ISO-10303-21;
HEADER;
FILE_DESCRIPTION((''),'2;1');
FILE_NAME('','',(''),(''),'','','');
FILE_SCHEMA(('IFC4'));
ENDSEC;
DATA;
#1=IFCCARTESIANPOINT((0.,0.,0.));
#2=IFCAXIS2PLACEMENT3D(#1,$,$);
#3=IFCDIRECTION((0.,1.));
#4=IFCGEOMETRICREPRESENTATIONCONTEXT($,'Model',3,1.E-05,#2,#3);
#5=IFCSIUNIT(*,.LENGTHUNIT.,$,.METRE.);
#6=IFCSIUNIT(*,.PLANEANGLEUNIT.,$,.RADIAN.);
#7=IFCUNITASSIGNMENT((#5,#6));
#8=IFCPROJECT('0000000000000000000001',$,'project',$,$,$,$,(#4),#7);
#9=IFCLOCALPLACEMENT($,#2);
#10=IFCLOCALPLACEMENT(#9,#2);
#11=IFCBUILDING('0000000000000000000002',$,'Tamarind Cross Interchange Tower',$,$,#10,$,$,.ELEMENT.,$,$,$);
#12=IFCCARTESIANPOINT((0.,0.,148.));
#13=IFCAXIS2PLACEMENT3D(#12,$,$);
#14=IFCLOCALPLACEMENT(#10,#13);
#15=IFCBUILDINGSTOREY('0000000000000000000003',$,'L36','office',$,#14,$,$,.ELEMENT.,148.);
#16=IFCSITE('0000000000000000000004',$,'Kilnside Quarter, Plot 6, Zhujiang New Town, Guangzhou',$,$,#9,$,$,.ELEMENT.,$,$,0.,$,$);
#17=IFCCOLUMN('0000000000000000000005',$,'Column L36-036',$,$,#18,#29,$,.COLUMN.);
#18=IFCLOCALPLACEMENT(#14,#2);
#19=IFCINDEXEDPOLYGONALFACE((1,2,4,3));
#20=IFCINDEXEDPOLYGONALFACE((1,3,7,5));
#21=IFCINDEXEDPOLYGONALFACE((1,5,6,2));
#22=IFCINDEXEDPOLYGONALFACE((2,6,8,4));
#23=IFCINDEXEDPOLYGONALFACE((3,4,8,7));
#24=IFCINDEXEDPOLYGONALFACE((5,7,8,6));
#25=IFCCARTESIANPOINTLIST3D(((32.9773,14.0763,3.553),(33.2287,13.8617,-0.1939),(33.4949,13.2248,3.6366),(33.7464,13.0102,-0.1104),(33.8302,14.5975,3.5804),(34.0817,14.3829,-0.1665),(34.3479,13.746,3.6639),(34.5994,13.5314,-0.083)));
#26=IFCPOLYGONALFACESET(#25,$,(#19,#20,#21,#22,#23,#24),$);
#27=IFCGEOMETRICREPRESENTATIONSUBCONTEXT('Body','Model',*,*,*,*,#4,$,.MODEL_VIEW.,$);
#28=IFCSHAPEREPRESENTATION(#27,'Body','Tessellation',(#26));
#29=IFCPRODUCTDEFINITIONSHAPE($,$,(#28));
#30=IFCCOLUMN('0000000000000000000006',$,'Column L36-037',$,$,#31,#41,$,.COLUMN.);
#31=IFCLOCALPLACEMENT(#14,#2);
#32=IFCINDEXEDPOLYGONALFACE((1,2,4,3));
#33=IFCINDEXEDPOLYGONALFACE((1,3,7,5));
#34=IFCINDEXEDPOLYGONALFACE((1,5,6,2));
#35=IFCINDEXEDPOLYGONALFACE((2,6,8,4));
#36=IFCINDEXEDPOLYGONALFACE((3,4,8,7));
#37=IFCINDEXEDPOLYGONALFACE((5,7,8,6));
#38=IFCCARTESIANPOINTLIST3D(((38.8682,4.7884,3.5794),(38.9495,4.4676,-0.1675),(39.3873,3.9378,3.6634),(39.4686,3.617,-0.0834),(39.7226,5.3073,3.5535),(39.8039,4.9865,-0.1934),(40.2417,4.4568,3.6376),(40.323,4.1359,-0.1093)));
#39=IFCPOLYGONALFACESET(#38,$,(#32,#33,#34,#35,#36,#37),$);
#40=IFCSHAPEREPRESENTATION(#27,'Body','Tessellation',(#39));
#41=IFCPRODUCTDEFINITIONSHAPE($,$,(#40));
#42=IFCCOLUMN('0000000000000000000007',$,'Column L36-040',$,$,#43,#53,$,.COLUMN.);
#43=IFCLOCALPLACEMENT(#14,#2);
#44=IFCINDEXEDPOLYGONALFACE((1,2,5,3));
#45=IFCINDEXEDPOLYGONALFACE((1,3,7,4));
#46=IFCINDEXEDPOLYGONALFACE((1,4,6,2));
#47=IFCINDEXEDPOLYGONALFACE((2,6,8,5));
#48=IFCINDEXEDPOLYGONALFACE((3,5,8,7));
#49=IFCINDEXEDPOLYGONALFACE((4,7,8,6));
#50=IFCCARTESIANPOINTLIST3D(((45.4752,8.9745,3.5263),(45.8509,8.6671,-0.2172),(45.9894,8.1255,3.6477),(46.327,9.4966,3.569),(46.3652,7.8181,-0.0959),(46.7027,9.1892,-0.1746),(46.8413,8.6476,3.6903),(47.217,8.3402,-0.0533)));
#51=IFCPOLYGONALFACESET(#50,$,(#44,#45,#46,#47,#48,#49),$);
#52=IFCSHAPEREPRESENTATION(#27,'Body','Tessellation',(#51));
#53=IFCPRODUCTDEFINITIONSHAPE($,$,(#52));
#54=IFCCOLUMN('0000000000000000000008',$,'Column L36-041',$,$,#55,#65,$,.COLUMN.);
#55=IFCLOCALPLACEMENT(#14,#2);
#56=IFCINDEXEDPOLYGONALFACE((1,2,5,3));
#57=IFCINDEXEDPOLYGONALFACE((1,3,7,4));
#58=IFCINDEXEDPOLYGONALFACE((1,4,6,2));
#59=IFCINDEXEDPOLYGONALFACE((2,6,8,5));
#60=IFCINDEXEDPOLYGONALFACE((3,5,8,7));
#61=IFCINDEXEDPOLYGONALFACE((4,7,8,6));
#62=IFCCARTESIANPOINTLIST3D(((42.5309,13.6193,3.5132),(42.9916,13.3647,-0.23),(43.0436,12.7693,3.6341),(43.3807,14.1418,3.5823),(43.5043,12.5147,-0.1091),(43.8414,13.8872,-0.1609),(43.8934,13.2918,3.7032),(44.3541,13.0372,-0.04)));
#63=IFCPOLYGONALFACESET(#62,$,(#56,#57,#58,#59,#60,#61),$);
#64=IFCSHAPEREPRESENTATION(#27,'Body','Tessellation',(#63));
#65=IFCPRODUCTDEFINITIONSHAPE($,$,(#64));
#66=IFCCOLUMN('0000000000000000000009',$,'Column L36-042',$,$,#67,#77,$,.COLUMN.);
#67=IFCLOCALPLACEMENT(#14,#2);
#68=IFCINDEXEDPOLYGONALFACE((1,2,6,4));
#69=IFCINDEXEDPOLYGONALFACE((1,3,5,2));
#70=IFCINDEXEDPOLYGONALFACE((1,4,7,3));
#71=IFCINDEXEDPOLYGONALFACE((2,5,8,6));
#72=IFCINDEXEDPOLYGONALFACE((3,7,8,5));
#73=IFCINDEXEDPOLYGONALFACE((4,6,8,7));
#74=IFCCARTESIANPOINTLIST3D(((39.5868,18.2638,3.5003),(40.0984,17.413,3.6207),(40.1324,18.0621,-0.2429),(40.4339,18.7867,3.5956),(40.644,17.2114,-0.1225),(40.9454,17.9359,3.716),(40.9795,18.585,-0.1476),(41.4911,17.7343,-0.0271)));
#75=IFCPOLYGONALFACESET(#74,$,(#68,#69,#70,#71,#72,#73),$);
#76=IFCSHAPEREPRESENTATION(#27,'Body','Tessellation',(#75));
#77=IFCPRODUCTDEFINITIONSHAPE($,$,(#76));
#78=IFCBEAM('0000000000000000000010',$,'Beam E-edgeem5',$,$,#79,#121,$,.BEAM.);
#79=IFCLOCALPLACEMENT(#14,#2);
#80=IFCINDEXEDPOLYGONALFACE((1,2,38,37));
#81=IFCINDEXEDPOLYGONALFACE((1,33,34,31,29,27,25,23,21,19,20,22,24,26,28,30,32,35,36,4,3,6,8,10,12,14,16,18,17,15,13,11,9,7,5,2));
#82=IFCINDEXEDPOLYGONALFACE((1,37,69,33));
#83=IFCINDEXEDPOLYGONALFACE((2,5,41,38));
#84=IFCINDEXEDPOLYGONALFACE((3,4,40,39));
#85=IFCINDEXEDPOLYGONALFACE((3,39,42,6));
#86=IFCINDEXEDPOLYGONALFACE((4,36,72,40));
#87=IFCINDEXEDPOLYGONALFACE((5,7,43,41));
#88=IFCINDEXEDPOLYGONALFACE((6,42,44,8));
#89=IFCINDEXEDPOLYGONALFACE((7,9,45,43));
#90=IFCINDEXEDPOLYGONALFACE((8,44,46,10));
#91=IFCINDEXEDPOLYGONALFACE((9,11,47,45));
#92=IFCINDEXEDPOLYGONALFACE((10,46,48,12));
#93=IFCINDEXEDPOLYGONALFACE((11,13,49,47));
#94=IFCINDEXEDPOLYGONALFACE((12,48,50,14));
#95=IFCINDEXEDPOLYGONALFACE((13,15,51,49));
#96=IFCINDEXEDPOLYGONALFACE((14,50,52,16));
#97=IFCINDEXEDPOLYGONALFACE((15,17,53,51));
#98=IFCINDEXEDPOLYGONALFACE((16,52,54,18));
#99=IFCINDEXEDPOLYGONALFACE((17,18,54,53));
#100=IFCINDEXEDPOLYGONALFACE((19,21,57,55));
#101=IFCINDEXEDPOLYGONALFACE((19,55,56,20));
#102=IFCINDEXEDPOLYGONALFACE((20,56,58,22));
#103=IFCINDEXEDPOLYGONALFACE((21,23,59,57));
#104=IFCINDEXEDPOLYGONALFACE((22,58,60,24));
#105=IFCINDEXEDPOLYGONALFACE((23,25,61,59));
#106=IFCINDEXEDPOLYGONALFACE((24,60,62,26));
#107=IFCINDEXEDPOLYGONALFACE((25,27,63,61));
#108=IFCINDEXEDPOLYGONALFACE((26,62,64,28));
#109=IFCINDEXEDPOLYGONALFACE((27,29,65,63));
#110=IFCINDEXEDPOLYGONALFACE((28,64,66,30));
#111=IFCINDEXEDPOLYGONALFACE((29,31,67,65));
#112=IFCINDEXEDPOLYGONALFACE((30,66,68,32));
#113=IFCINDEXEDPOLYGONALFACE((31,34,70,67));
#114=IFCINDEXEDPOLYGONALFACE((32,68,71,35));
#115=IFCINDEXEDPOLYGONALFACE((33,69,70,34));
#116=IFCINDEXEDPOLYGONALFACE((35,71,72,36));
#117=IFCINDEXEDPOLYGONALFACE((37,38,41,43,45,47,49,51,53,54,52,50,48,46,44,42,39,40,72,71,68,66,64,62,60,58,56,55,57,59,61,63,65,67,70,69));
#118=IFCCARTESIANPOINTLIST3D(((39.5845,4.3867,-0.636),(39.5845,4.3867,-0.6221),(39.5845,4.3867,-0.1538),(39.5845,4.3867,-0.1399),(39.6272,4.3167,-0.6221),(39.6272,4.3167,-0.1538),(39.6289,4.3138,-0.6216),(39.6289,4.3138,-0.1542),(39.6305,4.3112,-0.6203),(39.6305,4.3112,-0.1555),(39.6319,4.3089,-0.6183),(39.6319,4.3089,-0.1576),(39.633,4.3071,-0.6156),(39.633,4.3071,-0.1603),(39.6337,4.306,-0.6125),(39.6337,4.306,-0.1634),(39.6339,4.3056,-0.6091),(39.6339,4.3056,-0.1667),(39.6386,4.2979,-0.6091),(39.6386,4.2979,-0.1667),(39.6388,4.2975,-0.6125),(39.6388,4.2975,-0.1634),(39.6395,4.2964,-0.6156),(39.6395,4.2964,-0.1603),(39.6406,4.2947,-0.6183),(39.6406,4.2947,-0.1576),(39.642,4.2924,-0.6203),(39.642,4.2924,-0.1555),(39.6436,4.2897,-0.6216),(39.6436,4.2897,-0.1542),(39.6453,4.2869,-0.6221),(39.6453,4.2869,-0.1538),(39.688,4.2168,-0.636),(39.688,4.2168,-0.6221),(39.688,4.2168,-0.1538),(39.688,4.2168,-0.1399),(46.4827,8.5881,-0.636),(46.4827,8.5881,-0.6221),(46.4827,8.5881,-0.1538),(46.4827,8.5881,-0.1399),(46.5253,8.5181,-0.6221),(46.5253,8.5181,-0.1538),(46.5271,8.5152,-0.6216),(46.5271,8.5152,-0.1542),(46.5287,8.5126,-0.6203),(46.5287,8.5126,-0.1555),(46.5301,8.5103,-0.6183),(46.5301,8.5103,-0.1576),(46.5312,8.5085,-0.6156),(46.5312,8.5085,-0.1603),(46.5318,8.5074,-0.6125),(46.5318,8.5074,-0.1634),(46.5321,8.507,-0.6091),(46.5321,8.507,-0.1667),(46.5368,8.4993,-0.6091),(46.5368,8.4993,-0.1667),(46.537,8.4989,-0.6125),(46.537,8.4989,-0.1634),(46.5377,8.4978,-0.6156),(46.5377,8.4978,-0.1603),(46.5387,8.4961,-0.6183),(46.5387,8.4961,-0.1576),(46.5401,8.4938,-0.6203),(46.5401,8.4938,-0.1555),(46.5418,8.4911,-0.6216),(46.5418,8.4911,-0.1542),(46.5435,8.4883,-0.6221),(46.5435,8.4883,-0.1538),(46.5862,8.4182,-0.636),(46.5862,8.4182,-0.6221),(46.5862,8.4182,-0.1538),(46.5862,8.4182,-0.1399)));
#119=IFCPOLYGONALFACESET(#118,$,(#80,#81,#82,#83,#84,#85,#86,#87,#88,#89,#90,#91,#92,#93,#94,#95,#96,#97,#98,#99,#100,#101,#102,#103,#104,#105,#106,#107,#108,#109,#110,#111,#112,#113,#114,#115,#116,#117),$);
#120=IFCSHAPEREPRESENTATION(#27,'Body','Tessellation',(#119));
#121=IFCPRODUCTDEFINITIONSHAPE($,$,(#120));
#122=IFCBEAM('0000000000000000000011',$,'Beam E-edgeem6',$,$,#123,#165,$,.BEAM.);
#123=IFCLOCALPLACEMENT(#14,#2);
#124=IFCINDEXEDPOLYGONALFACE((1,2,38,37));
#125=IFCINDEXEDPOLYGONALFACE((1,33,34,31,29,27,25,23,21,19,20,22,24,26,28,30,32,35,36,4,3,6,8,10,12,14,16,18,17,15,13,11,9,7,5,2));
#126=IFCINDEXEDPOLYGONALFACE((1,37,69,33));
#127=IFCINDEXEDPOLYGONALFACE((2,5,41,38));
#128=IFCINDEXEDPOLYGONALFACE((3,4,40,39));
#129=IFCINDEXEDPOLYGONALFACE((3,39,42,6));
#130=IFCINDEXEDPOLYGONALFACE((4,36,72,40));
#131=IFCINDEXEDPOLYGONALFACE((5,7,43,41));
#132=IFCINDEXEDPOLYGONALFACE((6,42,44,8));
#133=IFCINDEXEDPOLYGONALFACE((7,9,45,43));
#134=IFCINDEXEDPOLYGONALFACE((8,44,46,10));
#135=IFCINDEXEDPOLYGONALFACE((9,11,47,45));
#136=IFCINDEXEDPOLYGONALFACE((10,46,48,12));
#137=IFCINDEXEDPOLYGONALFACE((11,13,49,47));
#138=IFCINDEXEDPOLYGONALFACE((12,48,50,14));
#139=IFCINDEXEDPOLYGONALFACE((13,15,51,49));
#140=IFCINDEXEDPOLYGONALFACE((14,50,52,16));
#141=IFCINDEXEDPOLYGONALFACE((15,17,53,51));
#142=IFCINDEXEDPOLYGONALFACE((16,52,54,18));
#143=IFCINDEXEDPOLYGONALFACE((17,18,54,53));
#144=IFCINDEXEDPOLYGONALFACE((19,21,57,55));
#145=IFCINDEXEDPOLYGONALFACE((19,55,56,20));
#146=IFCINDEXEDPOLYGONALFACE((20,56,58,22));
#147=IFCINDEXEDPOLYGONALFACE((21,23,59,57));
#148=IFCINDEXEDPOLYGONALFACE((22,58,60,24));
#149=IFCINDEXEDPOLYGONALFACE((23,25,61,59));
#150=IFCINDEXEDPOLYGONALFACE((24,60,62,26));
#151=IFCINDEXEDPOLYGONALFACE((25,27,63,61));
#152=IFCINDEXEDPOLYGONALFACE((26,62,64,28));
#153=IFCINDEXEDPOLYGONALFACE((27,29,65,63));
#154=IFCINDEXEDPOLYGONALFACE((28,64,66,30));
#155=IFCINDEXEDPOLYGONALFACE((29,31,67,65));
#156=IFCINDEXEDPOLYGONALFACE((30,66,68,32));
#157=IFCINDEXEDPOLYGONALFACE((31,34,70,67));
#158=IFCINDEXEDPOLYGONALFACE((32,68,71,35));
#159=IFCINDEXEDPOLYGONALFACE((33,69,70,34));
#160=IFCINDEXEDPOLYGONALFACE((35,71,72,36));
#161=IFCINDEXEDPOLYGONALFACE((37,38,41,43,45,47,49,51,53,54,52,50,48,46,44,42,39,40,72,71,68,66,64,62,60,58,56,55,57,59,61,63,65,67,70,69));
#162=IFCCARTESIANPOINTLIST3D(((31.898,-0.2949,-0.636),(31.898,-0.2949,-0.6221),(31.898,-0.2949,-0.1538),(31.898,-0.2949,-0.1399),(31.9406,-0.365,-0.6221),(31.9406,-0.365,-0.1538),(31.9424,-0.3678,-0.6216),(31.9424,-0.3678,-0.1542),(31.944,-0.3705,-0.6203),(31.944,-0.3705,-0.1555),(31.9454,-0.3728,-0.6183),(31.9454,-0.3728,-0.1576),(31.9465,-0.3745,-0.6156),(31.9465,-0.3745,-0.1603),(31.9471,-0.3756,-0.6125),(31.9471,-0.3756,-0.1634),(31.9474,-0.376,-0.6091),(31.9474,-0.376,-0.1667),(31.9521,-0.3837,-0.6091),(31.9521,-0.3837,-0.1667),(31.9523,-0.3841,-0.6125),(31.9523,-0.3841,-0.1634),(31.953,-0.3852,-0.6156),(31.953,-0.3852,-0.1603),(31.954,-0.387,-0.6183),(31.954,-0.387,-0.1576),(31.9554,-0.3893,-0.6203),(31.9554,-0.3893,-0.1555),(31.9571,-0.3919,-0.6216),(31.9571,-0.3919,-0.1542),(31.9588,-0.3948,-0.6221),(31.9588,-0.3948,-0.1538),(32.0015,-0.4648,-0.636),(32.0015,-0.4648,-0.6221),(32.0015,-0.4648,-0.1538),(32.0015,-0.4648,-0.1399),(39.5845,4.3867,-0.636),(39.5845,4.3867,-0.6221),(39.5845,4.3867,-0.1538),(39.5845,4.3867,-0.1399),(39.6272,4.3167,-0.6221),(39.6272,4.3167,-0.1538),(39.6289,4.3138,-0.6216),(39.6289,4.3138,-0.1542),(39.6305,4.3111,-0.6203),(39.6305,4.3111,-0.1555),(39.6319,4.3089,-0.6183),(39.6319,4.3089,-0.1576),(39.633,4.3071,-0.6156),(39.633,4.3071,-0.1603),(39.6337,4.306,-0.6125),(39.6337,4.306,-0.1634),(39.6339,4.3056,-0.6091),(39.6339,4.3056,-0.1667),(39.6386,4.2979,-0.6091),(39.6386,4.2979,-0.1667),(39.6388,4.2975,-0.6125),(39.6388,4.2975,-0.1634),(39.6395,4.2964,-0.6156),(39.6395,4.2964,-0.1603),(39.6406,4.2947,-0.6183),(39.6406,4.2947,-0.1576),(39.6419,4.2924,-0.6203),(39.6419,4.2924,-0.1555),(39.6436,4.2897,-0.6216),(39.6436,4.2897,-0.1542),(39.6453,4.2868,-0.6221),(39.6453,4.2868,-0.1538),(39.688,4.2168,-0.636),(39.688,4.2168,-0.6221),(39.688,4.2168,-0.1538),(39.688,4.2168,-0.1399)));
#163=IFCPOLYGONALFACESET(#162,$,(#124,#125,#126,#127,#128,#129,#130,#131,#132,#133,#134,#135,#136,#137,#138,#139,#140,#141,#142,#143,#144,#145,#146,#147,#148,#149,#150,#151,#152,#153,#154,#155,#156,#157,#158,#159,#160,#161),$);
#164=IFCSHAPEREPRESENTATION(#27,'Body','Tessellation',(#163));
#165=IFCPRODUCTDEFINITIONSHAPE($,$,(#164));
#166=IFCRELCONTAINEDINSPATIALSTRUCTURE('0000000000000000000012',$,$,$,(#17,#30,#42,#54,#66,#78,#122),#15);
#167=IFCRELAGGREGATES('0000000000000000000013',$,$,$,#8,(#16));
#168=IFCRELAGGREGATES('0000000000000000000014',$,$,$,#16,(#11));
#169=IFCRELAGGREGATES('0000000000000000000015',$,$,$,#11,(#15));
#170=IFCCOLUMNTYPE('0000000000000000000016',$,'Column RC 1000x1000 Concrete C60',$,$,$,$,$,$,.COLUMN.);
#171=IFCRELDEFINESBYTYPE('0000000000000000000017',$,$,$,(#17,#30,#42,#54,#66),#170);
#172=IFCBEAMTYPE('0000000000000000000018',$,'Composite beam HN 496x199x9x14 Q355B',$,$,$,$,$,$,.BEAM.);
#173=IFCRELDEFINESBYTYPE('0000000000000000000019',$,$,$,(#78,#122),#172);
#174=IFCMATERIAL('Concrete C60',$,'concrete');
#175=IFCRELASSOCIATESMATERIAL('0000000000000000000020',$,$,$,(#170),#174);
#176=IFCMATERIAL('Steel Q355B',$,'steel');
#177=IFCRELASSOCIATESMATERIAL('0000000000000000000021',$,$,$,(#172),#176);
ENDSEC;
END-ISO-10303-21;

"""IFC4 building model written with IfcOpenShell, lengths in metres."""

from ifc_helpers import new_model, si_unit, direction, frame, origin, origin_2d, place, context, subcontext, project, spatial, rectangle, i_section, extrude, material, material_profile, profile_set, type_object, element, save


model = new_model("IFC4")

# Units and contexts
model_context = context("Model", 3, precision=1e-05, world=origin(), true_north=direction((0.0, 1.0)))
body_context = subcontext(model_context, "Body", "Model", "MODEL_VIEW")
ifc_project = project(units=[si_unit("LENGTHUNIT", "METRE"), si_unit("PLANEANGLEUNIT", "RADIAN")], contexts=[model_context])

# Site, building, storey
site_placement = place(None, origin())
site = spatial("IfcSite", under=ifc_project, at=site_placement, Name="Kilnside Quarter, Plot 6, Zhujiang New Town, Guangzhou", CompositionType="ELEMENT", RefElevation=0.0)
building_placement = place(site_placement, origin())
building = spatial("IfcBuilding", under=site, at=building_placement, Name="Tamarind Cross Interchange Tower", CompositionType="ELEMENT")
storey_placement = place(building_placement, frame((0.0, 0.0, 148.0)))
storey = spatial("IfcBuildingStorey", under=building, at=storey_placement, Name="L36", Description="office", CompositionType="ELEMENT", Elevation=148.0)

# Columns
ifc_material_1 = material(Name="Concrete C60", Category="concrete")
ifc_material_profile_1 = material_profile(ifc_material_1, rectangle(XDim=1.0, YDim=1.0, at=origin_2d()), Name="RC 1000x1000")
ifc_profile_set_1 = profile_set([ifc_material_profile_1], Name="Concrete C60")
column_type = type_object("IfcColumnType", Name="Column RC 1000x1000 Concrete C60", PredefinedType="COLUMN", material=ifc_profile_set_1)
for number, where, z_axis, x_axis, name in (
    (1, (33.9141, 13.6965, -0.1384), (-0.066854, 0.057053, 0.99613), (0.517673, -0.851493, 0.083512), "Column L36-036"),
    (2, (39.6362, 4.3018, -0.1384), (-0.021614, 0.085287, 0.996122), (-0.854423, -0.518932, 0.025891), "Column L36-037"),
):
    element("IfcColumn", number, at=place(storey_placement, frame(where, z_axis=z_axis, x_axis=x_axis)), inside=storey, type_object=column_type, Name=name, PredefinedType="COLUMN", context=body_context, shape_type="SweptSolid", body=[
        extrude(rectangle(XDim=1.0, YDim=1.0, at=origin_2d()), origin(), (0.0, 0.0, 1.0), 3.7615),
    ])
column_1_placement = place(storey_placement, frame((46.5339, 8.5037, -0.1353), z_axis=(-0.099532, 0.081423, 0.991697), x_axis=(0.514277, -0.848999, 0.121323)))
element("IfcColumn", 3, at=column_1_placement, inside=storey, type_object=column_type, Name="Column L36-040", PredefinedType="COLUMN", context=body_context, shape_type="SweptSolid", body=[
    extrude(rectangle(XDim=1.0, YDim=1.0, at=origin_2d()), origin(), (0.0, 0.0, 1.0), 3.7749),
])
column_2_placement = place(storey_placement, frame((43.6729, 13.2009, -0.135), z_axis=(-0.121877, 0.067365, 0.990257), x_axis=(0.512744, -0.849982, 0.120929)))
element("IfcColumn", 4, at=column_2_placement, inside=storey, type_object=column_type, Name="Column L36-041", PredefinedType="COLUMN", context=body_context, shape_type="SweptSolid", body=[
    extrude(rectangle(XDim=1.0, YDim=1.0, at=origin_2d()), origin(), (0.0, 0.0, 1.0), 3.78),
])
column_3_placement = place(storey_placement, frame((40.8118, 17.8982, -0.135), z_axis=(-0.144044, 0.053235, 0.988138), x_axis=(0.511595, -0.850748, 0.12041)))
element("IfcColumn", 5, at=column_3_placement, inside=storey, type_object=column_type, Name="Column L36-042", PredefinedType="COLUMN", context=body_context, shape_type="SweptSolid", body=[
    extrude(rectangle(XDim=1.0, YDim=1.0, at=origin_2d()), origin(), (0.0, 0.0, 1.0), 3.7881),
])

# Beams
ifc_material_2 = material(Name="Steel Q355B", Category="steel")
ifc_material_profile_2 = material_profile(ifc_material_2, i_section(OverallWidth=0.199, OverallDepth=0.4961, WebThickness=0.009, FlangeThickness=0.0139, FilletRadius=0.0129, at=origin_2d()), Name="HN 496x199x9x14")
ifc_profile_set_2 = profile_set([ifc_material_profile_2], Name="Steel Q355B")
beam_type_1 = type_object("IfcBeamType", Name="Composite beam HN 496x199x9x14 Q355B", PredefinedType="BEAM", material=ifc_profile_set_2)
beam_1_placement = place(storey_placement, frame((46.5344, 8.5032, -0.3879), z_axis=(-0.85406, -0.520174, 0.0), x_axis=(0.520174, -0.85406, 0.0)))
element("IfcBeam", 6, at=beam_1_placement, inside=storey, type_object=beam_type_1, Name="Beam E-edgeem5", PredefinedType="BEAM", context=body_context, shape_type="SweptSolid", body=[
    extrude(i_section(OverallWidth=0.199, OverallDepth=0.4961, WebThickness=0.009, FlangeThickness=0.0139, FilletRadius=0.0129, at=origin_2d()), origin(), (0.0, 0.0, 1.0), 8.0769),
])
beam_2_placement = place(storey_placement, frame((39.6362, 4.3018, -0.3879), z_axis=(-0.854056, -0.520181, 0.0), x_axis=(0.520181, -0.854056, 0.0)))
element("IfcBeam", 7, at=beam_2_placement, inside=storey, type_object=beam_type_1, Name="Beam E-edgeem6", PredefinedType="BEAM", context=body_context, shape_type="SweptSolid", body=[
    extrude(i_section(OverallWidth=0.199, OverallDepth=0.4961, WebThickness=0.009, FlangeThickness=0.0139, FilletRadius=0.0129, at=origin_2d()), origin(), (0.0, 0.0, 1.0), 9.0),
])

save(model, "model.ifc")
